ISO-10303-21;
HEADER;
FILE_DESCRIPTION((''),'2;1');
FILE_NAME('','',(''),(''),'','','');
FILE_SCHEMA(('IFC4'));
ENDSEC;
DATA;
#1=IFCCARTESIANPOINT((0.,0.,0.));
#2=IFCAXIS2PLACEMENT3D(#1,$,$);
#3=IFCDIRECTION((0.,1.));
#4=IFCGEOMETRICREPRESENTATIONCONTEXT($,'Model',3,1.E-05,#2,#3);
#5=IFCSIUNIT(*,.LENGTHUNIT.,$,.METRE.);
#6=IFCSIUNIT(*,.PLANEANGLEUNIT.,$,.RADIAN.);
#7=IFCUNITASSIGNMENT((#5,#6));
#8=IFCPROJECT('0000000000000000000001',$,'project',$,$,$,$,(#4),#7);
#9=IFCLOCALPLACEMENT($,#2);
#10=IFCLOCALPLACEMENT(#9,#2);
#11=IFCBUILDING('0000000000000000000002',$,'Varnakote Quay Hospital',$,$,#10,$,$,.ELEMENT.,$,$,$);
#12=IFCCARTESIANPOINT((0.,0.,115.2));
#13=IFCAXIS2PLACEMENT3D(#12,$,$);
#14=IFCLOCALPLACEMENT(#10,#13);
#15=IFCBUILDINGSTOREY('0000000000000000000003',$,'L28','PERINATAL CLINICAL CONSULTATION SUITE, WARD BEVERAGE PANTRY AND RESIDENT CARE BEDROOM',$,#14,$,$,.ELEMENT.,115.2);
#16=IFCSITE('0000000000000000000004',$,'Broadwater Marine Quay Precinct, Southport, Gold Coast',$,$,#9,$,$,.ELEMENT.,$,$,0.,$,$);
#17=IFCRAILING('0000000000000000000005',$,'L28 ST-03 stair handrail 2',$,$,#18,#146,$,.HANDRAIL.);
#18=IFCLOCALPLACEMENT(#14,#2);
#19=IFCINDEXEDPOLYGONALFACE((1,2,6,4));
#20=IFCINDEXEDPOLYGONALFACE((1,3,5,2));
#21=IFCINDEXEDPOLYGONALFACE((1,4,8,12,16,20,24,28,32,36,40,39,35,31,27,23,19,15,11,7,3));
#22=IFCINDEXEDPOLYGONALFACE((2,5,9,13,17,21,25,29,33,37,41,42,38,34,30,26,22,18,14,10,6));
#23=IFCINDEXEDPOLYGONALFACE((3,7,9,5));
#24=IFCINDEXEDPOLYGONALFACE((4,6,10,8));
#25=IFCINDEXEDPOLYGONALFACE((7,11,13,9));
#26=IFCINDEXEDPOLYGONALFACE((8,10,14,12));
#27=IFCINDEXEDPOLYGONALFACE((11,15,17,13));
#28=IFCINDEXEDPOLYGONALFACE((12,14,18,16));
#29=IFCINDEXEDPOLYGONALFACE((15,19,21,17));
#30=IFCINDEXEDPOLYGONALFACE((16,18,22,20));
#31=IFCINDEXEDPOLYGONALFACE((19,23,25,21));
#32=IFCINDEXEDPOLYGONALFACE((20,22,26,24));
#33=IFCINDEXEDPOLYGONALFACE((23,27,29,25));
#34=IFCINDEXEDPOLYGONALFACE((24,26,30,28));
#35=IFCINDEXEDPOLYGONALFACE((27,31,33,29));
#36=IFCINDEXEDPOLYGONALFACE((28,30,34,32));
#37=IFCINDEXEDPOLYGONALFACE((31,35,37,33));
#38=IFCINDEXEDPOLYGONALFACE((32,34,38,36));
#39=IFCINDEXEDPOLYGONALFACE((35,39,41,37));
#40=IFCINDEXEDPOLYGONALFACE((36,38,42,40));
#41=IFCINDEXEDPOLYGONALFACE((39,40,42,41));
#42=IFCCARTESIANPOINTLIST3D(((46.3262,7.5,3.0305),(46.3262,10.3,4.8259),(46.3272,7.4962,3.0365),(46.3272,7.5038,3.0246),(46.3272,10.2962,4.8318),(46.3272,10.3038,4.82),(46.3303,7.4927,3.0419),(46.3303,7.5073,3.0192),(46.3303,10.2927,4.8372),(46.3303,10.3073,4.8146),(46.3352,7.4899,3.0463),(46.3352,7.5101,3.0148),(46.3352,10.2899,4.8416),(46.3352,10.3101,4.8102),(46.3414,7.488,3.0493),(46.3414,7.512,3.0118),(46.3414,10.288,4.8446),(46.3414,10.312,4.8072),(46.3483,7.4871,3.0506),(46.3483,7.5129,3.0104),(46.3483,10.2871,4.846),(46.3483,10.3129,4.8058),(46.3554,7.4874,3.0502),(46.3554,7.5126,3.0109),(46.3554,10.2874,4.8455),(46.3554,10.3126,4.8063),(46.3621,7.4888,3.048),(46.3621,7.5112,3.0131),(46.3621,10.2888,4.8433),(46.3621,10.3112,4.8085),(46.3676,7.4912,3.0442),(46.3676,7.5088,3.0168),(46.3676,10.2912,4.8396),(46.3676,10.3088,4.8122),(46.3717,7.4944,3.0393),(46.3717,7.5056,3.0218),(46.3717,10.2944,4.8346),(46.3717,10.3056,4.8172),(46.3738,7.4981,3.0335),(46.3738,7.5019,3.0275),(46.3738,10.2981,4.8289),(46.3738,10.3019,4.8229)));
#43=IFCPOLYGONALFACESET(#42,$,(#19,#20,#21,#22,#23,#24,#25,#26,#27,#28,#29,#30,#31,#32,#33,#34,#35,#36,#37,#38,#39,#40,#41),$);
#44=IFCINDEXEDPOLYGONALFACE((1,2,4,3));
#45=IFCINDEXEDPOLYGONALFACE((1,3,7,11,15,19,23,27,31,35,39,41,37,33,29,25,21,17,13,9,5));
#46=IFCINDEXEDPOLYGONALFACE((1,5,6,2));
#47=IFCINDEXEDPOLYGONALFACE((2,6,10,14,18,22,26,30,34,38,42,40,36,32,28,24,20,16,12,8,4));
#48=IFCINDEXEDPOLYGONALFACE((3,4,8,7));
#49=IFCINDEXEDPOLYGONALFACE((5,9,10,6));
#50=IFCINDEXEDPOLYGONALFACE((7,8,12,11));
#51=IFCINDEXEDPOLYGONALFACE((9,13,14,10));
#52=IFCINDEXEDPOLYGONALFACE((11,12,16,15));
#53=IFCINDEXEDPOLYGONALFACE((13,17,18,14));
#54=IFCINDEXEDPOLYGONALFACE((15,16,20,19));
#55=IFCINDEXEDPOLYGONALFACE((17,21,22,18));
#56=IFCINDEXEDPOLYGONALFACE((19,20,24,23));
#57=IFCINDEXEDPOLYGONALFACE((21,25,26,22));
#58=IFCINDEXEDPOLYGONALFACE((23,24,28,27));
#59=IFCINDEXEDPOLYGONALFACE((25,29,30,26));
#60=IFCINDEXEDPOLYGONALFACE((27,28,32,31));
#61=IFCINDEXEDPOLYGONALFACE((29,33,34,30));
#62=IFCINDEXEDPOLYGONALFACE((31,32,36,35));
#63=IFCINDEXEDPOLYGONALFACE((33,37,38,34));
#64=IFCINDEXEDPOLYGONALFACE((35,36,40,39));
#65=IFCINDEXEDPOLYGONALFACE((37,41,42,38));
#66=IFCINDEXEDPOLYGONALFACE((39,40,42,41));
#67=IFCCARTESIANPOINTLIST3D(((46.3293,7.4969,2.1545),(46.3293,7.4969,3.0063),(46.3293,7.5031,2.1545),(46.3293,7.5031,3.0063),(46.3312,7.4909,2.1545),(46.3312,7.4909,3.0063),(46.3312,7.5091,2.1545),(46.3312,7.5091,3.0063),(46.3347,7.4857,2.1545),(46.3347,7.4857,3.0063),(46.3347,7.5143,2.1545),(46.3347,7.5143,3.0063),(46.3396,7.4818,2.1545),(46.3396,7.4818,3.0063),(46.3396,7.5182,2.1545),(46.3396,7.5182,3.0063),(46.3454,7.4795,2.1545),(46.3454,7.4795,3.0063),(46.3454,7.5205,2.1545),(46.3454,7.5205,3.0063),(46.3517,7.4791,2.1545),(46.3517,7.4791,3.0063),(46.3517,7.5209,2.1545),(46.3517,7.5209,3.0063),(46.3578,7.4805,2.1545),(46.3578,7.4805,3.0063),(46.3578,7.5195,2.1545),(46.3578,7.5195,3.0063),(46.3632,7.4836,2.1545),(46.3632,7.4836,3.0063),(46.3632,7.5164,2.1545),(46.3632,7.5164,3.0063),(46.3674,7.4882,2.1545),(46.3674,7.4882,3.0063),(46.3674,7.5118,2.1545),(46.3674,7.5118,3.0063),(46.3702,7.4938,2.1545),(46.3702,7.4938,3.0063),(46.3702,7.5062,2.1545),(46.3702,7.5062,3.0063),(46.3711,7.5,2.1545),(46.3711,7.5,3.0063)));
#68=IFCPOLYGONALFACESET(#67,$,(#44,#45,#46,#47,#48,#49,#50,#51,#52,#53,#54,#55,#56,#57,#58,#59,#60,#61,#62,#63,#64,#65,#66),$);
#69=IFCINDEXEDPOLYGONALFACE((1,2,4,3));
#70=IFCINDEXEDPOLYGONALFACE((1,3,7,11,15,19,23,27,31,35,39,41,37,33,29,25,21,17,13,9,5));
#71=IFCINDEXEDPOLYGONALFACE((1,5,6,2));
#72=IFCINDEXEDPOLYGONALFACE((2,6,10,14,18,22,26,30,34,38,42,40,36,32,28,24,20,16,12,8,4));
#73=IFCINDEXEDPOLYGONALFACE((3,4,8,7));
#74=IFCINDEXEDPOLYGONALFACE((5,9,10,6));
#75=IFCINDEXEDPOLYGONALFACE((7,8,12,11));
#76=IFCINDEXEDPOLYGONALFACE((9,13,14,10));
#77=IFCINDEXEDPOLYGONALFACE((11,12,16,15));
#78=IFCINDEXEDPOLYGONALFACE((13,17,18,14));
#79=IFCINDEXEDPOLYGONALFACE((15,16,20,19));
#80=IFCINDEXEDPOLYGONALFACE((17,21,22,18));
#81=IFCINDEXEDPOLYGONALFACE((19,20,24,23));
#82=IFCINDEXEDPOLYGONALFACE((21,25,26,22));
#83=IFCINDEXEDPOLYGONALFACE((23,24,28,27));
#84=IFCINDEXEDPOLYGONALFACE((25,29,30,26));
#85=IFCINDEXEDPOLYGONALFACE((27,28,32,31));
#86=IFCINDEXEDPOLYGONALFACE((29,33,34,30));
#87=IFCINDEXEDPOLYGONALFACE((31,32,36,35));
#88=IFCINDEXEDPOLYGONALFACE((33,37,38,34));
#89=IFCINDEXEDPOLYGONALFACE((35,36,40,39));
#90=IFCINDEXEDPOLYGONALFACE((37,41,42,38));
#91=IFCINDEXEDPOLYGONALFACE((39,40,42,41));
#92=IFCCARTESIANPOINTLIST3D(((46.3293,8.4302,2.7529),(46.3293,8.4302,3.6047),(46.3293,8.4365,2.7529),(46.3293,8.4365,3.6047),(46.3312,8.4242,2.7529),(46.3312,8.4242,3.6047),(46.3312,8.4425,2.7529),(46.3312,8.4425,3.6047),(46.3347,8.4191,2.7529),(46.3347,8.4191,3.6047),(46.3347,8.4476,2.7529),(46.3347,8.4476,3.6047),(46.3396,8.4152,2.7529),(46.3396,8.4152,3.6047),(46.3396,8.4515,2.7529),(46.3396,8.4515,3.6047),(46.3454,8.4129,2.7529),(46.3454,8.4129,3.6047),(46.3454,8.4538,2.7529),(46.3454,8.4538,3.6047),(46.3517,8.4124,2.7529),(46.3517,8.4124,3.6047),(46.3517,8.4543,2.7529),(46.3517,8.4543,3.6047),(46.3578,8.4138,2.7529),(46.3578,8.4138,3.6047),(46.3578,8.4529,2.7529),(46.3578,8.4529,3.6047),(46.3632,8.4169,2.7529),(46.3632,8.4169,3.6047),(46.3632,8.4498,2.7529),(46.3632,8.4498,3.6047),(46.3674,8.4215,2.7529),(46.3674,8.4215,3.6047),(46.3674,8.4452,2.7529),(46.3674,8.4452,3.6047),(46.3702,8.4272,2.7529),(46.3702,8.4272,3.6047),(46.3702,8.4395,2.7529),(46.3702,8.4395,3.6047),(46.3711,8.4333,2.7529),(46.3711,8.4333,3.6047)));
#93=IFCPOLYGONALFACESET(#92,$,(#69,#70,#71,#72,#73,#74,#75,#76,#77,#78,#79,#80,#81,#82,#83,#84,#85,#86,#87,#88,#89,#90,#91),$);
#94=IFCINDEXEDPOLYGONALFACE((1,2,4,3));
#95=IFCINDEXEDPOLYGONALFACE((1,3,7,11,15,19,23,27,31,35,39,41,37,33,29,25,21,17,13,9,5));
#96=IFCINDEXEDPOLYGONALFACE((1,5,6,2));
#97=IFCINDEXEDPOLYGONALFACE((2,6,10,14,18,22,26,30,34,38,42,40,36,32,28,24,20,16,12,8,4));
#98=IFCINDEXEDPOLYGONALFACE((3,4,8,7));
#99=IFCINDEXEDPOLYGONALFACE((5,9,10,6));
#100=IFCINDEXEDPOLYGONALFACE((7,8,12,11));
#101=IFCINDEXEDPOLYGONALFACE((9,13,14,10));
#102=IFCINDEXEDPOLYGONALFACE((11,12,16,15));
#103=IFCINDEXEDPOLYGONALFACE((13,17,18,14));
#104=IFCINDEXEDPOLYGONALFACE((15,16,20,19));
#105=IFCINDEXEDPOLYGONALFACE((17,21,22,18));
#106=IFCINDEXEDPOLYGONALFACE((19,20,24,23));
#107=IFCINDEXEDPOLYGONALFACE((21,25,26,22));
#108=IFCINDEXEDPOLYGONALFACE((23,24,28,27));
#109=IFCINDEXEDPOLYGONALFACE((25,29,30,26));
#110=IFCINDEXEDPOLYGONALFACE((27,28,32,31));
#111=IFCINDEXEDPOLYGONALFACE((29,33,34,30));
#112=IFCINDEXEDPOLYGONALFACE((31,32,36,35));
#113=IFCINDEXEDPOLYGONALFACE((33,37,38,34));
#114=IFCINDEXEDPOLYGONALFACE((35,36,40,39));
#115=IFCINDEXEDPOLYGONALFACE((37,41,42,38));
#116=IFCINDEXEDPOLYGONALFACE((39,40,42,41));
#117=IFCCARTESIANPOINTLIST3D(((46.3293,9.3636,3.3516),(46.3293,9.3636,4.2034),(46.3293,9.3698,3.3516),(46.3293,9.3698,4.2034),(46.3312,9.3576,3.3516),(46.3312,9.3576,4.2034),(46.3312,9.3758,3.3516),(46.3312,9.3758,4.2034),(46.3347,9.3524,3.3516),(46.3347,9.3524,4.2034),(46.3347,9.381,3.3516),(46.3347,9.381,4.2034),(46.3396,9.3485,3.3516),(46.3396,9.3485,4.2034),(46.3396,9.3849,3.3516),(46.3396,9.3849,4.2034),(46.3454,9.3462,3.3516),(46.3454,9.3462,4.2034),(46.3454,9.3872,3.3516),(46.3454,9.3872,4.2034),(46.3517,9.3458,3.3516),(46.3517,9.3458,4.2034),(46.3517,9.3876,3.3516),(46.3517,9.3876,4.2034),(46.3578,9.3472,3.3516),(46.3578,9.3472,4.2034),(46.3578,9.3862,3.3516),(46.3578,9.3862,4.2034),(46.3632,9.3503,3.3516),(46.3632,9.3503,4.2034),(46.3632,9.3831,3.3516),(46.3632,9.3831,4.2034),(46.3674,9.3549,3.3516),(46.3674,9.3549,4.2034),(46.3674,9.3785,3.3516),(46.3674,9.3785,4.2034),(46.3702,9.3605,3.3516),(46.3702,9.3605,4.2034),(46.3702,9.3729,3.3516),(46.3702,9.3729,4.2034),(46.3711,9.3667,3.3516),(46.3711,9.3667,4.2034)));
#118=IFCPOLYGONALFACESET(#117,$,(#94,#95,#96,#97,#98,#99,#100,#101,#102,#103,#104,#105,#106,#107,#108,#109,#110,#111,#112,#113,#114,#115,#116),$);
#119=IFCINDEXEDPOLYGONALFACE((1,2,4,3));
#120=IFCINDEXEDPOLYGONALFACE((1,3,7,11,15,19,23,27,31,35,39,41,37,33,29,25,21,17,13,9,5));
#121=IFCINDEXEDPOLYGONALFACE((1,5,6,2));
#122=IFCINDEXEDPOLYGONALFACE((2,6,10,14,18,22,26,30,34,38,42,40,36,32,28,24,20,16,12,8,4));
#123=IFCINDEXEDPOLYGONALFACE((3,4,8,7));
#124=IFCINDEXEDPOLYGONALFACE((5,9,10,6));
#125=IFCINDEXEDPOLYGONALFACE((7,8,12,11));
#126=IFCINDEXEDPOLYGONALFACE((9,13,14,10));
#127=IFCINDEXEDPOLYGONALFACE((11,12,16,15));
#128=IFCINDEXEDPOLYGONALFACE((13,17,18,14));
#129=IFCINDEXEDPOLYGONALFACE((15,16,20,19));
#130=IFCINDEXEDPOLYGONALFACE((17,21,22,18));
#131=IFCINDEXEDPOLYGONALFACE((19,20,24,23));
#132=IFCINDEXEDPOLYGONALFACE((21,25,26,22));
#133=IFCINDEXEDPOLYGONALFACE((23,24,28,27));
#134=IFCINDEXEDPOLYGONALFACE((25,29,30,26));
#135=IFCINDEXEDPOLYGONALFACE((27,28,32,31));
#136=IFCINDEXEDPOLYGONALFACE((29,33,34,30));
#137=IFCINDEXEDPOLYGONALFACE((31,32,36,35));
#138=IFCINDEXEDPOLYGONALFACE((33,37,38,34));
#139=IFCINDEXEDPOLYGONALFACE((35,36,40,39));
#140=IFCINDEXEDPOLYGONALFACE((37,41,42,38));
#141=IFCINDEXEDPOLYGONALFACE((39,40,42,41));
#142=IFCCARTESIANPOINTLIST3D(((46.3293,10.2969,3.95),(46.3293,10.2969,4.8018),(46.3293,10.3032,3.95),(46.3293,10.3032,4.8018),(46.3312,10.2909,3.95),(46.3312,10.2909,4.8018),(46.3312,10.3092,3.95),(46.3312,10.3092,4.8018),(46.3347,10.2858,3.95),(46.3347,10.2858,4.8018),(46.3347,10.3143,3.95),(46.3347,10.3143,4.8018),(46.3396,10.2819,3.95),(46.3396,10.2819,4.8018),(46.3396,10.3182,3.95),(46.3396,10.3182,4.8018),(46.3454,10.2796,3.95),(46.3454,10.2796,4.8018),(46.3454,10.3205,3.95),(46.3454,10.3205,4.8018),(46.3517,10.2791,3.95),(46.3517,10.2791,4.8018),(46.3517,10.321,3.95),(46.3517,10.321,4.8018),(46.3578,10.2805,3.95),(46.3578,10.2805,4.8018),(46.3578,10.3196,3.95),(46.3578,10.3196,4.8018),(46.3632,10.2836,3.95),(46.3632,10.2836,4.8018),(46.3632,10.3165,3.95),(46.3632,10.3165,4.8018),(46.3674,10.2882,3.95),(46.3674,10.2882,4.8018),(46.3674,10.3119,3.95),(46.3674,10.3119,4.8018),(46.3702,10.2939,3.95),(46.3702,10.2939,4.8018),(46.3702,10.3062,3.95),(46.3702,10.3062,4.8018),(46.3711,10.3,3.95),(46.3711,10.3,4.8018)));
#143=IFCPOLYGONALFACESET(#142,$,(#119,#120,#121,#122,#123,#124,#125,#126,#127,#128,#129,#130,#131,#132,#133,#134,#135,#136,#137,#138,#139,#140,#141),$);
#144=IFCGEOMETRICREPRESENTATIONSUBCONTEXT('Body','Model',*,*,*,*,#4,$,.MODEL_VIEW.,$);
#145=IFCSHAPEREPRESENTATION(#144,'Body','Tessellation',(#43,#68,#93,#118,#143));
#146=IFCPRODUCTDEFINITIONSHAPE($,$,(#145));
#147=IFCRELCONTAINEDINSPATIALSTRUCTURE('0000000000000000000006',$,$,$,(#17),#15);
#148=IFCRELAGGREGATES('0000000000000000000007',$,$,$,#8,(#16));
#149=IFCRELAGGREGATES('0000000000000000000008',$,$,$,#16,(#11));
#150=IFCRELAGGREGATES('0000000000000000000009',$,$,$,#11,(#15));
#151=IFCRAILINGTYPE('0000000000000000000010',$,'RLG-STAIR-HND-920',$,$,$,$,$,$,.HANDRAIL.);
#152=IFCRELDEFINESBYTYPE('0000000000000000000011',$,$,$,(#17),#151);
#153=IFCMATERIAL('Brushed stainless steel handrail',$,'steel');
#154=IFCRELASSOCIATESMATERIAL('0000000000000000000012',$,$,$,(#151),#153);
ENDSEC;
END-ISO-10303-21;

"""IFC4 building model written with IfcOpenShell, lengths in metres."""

from ifc_helpers import new_model, si_unit, direction, frame, origin, origin_2d, place, context, subcontext, project, spatial, circle, extrude, material, type_object, element, save


model = new_model("IFC4")

# Units and contexts
model_context = context("Model", 3, precision=1e-05, world=origin(), true_north=direction((0.0, 1.0)))
body_context = subcontext(model_context, "Body", "Model", "MODEL_VIEW")
ifc_project = project(units=[si_unit("LENGTHUNIT", "METRE"), si_unit("PLANEANGLEUNIT", "RADIAN")], contexts=[model_context])

# Site, building, storey
site_placement = place(None, origin())
site = spatial("IfcSite", under=ifc_project, at=site_placement, Name="Broadwater Marine Quay Precinct, Southport, Gold Coast", CompositionType="ELEMENT", RefElevation=0.0)
building_placement = place(site_placement, origin())
building = spatial("IfcBuilding", under=site, at=building_placement, Name="Varnakote Quay Hospital", CompositionType="ELEMENT")
storey_placement = place(building_placement, frame((0.0, 0.0, 115.2)))
storey = spatial("IfcBuildingStorey", under=building, at=storey_placement, Name="L28", Description="PERINATAL CLINICAL CONSULTATION SUITE, WARD BEVERAGE PANTRY AND RESIDENT CARE BEDROOM", CompositionType="ELEMENT", Elevation=115.2)

# Railing
ifc_material_1 = material(Name="Brushed stainless steel handrail", Category="steel")
railing_type_1 = type_object("IfcRailingType", Name="RLG-STAIR-HND-920", PredefinedType="HANDRAIL", material=ifc_material_1)
railing_1_placement = place(storey_placement, frame((46.3501, 7.5, 2.1545)))
element("IfcRailing", 1, at=railing_1_placement, inside=storey, type_object=railing_type_1, Name="L28 ST-03 stair handrail 2", PredefinedType="HANDRAIL", context=body_context, shape_type="SweptSolid", body=[
    extrude(circle(Radius=0.0239, at=origin_2d()), frame((0.0, 0.0, 0.876), z_axis=(0.0, 0.84181, 0.539774), x_axis=(-1.0, 0.0, 0.0)), (0.0, 0.0, 1.0), 3.3262),
    extrude(circle(Radius=0.021, at=origin_2d()), origin(), (0.0, 0.0, 1.0), 0.8518),
    extrude(circle(Radius=0.021, at=origin_2d()), frame((0.0, 0.9333, 0.5984)), (0.0, 0.0, 1.0), 0.8518),
    extrude(circle(Radius=0.021, at=origin_2d()), frame((0.0, 1.8667, 1.197)), (0.0, 0.0, 1.0), 0.8518),
    extrude(circle(Radius=0.021, at=origin_2d()), frame((0.0, 2.8, 1.7954)), (0.0, 0.0, 1.0), 0.8518),
])

save(model, "model.ifc")
